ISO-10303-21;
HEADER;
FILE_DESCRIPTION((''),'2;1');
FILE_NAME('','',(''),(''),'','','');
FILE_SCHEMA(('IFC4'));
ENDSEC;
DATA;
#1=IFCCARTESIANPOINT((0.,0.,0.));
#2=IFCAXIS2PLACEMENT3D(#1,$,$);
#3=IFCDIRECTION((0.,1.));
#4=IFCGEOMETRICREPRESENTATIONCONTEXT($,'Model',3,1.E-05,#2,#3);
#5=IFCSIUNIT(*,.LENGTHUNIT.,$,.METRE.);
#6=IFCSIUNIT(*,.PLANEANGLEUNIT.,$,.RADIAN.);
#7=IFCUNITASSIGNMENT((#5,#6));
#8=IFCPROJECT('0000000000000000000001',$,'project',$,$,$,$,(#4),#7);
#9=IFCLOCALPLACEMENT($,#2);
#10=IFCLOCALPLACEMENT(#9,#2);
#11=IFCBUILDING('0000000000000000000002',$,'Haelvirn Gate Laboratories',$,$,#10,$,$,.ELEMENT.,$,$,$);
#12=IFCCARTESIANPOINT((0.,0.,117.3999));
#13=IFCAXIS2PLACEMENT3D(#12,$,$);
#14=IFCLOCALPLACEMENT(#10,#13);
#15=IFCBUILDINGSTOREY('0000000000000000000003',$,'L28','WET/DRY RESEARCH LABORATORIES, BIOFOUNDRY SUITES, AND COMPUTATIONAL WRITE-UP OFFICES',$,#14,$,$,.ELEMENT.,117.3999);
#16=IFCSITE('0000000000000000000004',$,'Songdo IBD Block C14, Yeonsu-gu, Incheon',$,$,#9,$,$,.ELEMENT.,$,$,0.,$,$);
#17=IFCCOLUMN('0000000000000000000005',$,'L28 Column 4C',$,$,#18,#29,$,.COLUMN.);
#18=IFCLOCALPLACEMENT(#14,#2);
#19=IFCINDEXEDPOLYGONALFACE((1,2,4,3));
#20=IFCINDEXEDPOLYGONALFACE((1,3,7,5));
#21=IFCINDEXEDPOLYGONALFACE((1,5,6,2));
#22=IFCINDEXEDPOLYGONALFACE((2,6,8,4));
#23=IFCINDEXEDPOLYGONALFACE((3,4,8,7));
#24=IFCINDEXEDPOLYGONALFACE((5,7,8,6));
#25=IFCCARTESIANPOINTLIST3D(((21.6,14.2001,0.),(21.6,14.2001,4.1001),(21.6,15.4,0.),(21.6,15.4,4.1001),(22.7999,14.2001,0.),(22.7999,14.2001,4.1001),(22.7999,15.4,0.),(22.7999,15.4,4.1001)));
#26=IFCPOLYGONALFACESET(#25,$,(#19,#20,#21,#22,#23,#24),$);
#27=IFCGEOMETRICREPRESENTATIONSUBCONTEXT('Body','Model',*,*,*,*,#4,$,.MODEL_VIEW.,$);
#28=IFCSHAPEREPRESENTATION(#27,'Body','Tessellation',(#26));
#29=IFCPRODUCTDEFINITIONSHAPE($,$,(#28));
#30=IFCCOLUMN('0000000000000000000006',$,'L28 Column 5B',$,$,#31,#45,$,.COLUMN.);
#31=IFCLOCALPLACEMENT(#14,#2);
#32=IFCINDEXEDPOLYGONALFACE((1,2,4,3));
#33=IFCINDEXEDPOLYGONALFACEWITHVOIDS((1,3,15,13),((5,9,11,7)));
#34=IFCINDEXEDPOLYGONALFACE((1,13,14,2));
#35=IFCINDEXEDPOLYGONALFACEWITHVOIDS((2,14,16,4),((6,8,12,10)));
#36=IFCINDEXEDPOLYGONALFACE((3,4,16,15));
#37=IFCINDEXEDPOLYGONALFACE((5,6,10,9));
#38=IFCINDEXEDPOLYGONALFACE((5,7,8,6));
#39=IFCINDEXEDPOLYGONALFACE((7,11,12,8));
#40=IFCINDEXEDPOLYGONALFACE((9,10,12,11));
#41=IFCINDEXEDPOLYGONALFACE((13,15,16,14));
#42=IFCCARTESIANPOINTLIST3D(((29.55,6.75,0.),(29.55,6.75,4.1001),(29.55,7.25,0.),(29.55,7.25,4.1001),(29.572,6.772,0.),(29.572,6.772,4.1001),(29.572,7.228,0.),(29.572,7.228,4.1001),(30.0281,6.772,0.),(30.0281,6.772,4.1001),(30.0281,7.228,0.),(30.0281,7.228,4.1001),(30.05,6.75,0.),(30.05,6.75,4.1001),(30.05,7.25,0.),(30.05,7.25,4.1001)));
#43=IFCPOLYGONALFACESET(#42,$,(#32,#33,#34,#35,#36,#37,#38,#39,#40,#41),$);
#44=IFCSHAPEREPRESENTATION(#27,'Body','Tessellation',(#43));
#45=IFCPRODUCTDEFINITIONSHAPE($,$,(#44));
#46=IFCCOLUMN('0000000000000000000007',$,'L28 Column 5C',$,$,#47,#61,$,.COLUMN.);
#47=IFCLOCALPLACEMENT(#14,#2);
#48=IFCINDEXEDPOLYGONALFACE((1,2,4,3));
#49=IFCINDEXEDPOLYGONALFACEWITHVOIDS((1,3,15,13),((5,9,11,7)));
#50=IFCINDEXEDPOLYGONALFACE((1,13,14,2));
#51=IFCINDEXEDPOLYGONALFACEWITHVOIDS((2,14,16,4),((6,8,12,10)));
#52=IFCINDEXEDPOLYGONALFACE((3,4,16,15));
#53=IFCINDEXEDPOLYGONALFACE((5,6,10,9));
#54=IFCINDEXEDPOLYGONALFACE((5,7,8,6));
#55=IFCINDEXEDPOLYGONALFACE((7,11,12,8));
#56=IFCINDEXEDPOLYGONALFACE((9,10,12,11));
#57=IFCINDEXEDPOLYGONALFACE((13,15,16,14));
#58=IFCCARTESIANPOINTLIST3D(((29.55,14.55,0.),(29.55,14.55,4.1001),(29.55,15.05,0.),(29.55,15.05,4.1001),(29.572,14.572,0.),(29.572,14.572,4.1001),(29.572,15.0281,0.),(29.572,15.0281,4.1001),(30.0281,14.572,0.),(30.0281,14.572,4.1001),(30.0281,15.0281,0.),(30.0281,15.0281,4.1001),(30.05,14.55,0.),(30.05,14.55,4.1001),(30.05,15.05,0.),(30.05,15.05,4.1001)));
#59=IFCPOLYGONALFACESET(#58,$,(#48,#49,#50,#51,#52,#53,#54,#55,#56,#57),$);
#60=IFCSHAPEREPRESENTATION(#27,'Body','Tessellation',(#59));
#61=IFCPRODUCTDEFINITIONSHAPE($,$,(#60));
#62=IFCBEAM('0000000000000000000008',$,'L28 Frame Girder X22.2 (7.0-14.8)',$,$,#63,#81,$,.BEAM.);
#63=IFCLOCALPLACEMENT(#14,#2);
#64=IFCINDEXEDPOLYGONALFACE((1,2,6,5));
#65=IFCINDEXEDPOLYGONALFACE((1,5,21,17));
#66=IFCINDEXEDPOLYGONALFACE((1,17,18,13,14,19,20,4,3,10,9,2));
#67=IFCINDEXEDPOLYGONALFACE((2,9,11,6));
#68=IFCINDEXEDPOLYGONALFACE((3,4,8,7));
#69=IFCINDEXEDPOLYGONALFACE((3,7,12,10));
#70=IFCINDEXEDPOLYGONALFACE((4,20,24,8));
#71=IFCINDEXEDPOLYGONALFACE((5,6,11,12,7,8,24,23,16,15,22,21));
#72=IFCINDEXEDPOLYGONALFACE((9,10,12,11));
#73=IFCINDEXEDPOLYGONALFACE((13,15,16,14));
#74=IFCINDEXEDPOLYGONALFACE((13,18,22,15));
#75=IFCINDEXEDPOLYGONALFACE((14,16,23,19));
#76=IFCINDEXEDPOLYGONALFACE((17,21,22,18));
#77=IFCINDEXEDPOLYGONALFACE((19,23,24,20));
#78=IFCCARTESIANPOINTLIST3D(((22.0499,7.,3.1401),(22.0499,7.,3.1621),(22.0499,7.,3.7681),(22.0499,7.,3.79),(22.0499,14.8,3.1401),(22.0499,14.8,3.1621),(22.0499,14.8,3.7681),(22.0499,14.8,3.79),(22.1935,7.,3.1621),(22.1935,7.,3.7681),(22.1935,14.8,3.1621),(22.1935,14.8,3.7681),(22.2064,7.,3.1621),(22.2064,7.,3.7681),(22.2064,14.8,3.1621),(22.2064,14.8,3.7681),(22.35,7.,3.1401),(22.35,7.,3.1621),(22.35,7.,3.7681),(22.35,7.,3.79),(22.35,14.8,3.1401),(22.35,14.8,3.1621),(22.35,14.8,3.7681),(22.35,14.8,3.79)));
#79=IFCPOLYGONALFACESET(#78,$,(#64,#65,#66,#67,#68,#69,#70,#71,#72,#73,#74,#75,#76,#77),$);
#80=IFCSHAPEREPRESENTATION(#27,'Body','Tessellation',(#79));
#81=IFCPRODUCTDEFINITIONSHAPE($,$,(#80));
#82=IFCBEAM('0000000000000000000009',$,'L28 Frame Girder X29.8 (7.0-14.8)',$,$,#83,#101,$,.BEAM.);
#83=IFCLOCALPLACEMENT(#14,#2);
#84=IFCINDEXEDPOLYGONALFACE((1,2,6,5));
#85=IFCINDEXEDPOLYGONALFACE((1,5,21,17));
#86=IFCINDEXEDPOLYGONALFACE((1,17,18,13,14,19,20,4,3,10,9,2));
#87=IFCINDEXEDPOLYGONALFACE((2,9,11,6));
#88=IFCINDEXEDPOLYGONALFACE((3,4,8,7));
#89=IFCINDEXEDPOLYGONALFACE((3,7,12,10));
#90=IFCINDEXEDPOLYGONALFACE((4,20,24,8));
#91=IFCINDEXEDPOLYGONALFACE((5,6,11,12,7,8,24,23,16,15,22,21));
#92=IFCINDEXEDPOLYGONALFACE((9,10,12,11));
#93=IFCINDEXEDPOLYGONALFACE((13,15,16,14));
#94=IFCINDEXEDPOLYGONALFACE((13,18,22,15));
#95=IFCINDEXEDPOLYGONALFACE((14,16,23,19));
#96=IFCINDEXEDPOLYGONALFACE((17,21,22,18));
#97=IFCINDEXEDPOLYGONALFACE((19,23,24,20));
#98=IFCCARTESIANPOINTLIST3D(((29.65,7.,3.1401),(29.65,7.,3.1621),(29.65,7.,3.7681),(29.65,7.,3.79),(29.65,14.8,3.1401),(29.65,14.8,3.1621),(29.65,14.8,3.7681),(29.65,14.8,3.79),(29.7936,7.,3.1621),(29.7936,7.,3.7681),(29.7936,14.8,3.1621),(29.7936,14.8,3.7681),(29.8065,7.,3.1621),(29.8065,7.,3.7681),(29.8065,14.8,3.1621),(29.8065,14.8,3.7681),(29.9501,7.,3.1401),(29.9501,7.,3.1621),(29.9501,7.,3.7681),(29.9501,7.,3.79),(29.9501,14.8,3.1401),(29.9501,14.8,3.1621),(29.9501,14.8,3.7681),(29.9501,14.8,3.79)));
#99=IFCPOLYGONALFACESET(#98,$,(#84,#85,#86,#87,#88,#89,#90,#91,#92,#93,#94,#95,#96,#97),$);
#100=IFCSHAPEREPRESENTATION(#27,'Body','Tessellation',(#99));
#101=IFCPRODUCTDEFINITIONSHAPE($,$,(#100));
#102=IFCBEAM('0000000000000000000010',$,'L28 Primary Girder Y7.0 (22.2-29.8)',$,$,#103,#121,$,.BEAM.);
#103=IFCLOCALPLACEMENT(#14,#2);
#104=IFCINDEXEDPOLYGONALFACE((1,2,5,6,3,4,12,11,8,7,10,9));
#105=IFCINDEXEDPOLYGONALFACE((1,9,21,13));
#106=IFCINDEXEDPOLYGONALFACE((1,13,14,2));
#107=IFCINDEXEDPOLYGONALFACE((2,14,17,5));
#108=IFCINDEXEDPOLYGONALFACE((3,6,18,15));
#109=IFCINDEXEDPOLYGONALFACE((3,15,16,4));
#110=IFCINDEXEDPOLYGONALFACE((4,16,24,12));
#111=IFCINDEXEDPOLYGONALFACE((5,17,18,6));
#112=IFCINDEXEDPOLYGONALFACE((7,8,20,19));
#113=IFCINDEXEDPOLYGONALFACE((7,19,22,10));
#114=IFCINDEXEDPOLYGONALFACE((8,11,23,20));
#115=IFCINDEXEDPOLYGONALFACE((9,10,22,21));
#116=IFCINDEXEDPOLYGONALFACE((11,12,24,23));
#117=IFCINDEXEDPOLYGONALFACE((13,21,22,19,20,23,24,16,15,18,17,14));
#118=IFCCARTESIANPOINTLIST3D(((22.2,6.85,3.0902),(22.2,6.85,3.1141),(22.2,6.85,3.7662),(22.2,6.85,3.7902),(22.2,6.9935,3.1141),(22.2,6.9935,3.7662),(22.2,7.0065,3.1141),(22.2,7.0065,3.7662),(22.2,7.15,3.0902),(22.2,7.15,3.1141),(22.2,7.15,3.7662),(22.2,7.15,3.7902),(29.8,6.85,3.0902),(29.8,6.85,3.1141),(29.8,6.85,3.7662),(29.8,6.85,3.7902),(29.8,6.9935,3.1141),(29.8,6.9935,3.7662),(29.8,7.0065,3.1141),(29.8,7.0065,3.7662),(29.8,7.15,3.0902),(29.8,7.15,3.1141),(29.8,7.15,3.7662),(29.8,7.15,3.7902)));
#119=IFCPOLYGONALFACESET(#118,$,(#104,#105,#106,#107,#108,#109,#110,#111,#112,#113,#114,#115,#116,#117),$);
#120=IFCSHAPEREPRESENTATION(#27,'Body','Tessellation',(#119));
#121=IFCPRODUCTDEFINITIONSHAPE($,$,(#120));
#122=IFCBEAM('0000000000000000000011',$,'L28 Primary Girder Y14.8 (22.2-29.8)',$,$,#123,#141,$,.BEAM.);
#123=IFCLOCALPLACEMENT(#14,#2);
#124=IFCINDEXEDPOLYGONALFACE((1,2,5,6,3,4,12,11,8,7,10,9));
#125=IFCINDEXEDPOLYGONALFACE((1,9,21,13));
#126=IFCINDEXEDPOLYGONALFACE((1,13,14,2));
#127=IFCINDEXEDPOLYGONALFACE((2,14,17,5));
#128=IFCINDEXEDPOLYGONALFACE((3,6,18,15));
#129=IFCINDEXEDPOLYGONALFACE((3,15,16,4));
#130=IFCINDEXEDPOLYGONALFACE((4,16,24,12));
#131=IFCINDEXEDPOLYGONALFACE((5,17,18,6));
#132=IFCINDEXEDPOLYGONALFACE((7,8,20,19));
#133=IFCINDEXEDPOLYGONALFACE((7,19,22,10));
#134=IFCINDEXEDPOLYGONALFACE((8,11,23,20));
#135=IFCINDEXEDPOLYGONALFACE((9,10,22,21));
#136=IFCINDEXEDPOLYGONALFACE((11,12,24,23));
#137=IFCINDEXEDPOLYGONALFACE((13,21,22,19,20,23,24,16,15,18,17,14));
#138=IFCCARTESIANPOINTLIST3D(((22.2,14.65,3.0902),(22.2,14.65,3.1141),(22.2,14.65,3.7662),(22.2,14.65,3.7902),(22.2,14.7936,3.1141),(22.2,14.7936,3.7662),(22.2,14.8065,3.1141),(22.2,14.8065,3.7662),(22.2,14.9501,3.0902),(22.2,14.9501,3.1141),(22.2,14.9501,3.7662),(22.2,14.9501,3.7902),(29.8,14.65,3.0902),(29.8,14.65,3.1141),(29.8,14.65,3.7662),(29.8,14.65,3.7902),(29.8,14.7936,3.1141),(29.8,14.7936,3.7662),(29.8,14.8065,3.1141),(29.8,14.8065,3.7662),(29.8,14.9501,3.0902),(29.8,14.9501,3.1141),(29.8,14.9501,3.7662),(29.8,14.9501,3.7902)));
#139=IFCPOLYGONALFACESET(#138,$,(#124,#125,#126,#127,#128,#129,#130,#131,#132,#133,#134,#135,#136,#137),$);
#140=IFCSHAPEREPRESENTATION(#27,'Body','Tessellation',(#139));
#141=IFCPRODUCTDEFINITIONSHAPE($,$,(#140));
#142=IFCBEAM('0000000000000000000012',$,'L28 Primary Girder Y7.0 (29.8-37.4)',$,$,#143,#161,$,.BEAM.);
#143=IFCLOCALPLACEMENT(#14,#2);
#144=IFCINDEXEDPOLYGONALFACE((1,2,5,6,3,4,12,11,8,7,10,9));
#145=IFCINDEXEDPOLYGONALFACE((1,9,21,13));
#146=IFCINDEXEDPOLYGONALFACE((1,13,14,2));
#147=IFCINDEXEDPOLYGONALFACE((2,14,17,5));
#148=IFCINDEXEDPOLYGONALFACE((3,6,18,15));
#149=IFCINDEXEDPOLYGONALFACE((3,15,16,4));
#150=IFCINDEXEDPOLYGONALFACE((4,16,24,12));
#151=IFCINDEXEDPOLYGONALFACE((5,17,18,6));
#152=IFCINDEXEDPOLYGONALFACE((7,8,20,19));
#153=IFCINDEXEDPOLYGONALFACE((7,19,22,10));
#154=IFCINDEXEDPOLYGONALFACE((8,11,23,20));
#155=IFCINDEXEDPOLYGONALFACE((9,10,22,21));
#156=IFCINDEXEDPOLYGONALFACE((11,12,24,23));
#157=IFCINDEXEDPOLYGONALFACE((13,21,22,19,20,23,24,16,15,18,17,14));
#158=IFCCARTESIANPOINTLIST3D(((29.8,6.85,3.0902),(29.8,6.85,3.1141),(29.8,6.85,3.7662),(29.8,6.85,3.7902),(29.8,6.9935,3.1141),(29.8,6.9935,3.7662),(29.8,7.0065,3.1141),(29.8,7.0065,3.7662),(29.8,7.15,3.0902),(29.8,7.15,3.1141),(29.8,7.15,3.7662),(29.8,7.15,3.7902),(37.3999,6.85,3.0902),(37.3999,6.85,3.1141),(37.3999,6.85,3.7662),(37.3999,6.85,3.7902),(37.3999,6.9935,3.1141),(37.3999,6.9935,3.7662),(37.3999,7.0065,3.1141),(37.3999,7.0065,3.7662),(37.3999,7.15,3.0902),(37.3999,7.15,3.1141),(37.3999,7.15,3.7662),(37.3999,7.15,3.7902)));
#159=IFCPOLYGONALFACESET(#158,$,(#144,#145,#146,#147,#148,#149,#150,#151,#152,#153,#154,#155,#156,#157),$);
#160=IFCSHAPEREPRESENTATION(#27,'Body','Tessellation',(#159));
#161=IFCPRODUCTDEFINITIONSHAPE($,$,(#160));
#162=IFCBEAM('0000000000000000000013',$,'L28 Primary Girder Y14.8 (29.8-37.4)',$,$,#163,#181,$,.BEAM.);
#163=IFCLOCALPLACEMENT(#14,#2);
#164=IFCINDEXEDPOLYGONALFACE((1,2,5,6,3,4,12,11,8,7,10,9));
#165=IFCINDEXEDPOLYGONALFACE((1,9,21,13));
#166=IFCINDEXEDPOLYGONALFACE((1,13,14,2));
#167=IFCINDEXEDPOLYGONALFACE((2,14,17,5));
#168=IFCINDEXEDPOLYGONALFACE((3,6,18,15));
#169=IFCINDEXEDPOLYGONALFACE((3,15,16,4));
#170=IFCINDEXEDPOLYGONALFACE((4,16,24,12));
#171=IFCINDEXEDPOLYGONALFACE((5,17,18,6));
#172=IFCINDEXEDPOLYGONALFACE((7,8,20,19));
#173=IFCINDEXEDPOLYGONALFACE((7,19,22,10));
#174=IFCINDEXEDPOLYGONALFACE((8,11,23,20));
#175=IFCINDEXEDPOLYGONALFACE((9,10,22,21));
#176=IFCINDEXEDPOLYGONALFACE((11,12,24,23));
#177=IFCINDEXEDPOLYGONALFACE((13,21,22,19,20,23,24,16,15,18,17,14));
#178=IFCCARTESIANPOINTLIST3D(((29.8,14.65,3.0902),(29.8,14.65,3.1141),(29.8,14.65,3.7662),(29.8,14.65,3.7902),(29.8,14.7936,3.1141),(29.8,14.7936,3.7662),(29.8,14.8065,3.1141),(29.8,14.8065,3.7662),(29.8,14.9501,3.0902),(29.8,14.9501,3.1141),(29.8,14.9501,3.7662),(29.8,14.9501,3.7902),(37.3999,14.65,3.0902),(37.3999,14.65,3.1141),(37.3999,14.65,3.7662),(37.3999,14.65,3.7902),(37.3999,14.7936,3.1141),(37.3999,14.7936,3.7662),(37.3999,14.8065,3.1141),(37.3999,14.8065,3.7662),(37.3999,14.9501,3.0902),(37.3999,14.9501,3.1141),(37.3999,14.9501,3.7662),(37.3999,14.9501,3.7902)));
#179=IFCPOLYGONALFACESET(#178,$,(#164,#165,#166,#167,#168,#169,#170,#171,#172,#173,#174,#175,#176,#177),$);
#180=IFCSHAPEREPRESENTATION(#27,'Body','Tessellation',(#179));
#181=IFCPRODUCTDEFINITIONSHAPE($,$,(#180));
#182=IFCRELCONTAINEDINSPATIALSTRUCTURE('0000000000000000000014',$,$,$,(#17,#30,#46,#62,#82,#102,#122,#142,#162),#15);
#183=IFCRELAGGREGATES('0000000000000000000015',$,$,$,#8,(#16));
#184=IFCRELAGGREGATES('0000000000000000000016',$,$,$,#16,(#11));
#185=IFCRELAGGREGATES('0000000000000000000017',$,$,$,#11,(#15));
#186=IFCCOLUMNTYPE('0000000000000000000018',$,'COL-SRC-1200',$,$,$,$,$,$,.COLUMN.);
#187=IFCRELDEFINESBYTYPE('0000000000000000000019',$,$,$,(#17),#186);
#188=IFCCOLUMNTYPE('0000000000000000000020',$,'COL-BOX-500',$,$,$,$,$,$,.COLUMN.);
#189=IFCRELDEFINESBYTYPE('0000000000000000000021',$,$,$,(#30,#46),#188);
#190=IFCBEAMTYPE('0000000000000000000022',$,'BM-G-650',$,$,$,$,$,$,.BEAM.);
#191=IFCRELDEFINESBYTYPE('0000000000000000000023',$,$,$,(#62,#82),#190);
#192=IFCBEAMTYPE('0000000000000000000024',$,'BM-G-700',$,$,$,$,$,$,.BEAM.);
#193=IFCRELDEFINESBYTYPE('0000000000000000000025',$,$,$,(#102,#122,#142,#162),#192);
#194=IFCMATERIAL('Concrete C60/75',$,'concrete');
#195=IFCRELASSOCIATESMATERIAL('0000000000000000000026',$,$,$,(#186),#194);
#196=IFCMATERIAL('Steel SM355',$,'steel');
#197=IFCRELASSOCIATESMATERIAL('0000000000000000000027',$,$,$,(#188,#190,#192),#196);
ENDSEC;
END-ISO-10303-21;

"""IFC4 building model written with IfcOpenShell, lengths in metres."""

from ifc_helpers import new_model, si_unit, direction, frame, origin, origin_2d, place, context, subcontext, project, spatial, rectangle, hollow_rectangle, i_section, extrude, source, transform, mapped, material, material_profile, profile_set, type_object, type_shapes, element, save


model = new_model("IFC4")

# Units and contexts
model_context = context("Model", 3, precision=1e-05, world=origin(), true_north=direction((0.0, 1.0)))
body_context = subcontext(model_context, "Body", "Model", "MODEL_VIEW")
ifc_project = project(units=[si_unit("LENGTHUNIT", "METRE"), si_unit("PLANEANGLEUNIT", "RADIAN")], contexts=[model_context])

# Site, building, storey
site_placement = place(None, origin())
site = spatial("IfcSite", under=ifc_project, at=site_placement, Name="Songdo IBD Block C14, Yeonsu-gu, Incheon", CompositionType="ELEMENT", RefElevation=0.0)
building_placement = place(site_placement, origin())
building = spatial("IfcBuilding", under=site, at=building_placement, Name="Haelvirn Gate Laboratories", CompositionType="ELEMENT")
storey_placement = place(building_placement, frame((0.0, 0.0, 117.3999)))
storey = spatial("IfcBuildingStorey", under=building, at=storey_placement, Name="L28", Description="WET/DRY RESEARCH LABORATORIES, BIOFOUNDRY SUITES, AND COMPUTATIONAL WRITE-UP OFFICES", CompositionType="ELEMENT", Elevation=117.3999)

# Columns
ifc_material_1 = material(Name="Concrete C60/75", Category="concrete")
ifc_material_profile_1 = material_profile(ifc_material_1, rectangle(XDim=1.2, YDim=1.2, at=origin_2d()), Name="SRC-1200x1200")
ifc_profile_set_1 = profile_set([ifc_material_profile_1], Name="Concrete C60/75")
column_type_1 = type_object("IfcColumnType", Name="COL-SRC-1200", PredefinedType="COLUMN", material=ifc_profile_set_1)
shared_shape_1 = source(origin(), body_context, "Body", "SweptSolid", [
    extrude(rectangle(XDim=1.2, YDim=1.2, at=origin_2d()), origin(), (0.0, 0.0, 1.0), 4.1001),
])
type_shapes(column_type_1, [shared_shape_1])
column_placement = place(storey_placement, frame((22.2, 14.8, 0.0), z_axis=(0.0, 0.0, 1.0), x_axis=(1.0, 0.0, 0.0)))
element("IfcColumn", 1, at=column_placement, inside=storey, type_object=column_type_1, Name="L28 Column 4C", PredefinedType="COLUMN", context=body_context, shape_type="MappedRepresentation", body=[
    mapped(shared_shape_1, transform((0.0, 0.0, 0.0), scale=1.0)),
])
ifc_material_2 = material(Name="Steel SM355", Category="steel")
ifc_material_profile_2 = material_profile(ifc_material_2, hollow_rectangle(XDim=0.5, YDim=0.5, WallThickness=0.022, at=origin_2d()), Name="BOX-500x500x22")
ifc_profile_set_2 = profile_set([ifc_material_profile_2], Name="Steel SM355")
column_type_2 = type_object("IfcColumnType", Name="COL-BOX-500", PredefinedType="COLUMN", material=ifc_profile_set_2)
shared_shape_2 = source(origin(), body_context, "Body", "SweptSolid", [
    extrude(hollow_rectangle(XDim=0.5, YDim=0.5, WallThickness=0.022, at=origin_2d()), origin(), (0.0, 0.0, 1.0), 4.1001),
])
type_shapes(column_type_2, [shared_shape_2])
for number, where, z_axis, x_axis, name in (
    (2, (29.8, 7.0, 0.0), (0.0, 0.0, 1.0), (1.0, 0.0, 0.0), "L28 Column 5B"),
    (3, (29.8, 14.8, 0.0), (0.0, 0.0, 1.0), (1.0, 0.0, 0.0), "L28 Column 5C"),
):
    element("IfcColumn", number, at=place(storey_placement, frame(where, z_axis=z_axis, x_axis=x_axis)), inside=storey, type_object=column_type_2, Name=name, PredefinedType="COLUMN", context=body_context, shape_type="MappedRepresentation", body=[
        mapped(shared_shape_2, transform((0.0, 0.0, 0.0), scale=1.0)),
    ])

# Beams
ifc_material_profile_3 = material_profile(ifc_material_2, i_section(OverallWidth=0.3, OverallDepth=0.6499, WebThickness=0.0129, FlangeThickness=0.022, at=origin_2d()), Name="H-650x300x13x22")
ifc_profile_set_3 = profile_set([ifc_material_profile_3], Name="Steel SM355")
beam_type_1 = type_object("IfcBeamType", Name="BM-G-650", PredefinedType="BEAM", material=ifc_profile_set_3)
shared_shape_3 = source(origin(), body_context, "Body", "SweptSolid", [
    extrude(i_section(OverallWidth=0.3, OverallDepth=0.6499, WebThickness=0.0129, FlangeThickness=0.022, at=origin_2d()), origin(), (0.0, 0.0, 1.0), 7.8),
])
type_shapes(beam_type_1, [shared_shape_3])
for number, where, z_axis, x_axis, name in (
    (4, (22.2, 7.0, 3.4651), (0.0, 1.0, 0.0), (-1.0, 0.0, 0.0), "L28 Frame Girder X22.2 (7.0-14.8)"),
    (5, (29.8, 7.0, 3.4651), (0.0, 1.0, 0.0), (-1.0, 0.0, 0.0), "L28 Frame Girder X29.8 (7.0-14.8)"),
):
    element("IfcBeam", number, at=place(storey_placement, frame(where, z_axis=z_axis, x_axis=x_axis)), inside=storey, type_object=beam_type_1, Name=name, PredefinedType="BEAM", context=body_context, shape_type="MappedRepresentation", body=[
        mapped(shared_shape_3, transform((0.0, 0.0, 0.0), scale=1.0)),
    ])
ifc_material_profile_4 = material_profile(ifc_material_2, i_section(OverallWidth=0.3, OverallDepth=0.7, WebThickness=0.0129, FlangeThickness=0.0239, at=origin_2d()), Name="H-700x300x13x24")
ifc_profile_set_4 = profile_set([ifc_material_profile_4], Name="Steel SM355")
beam_type_2 = type_object("IfcBeamType", Name="BM-G-700", PredefinedType="BEAM", material=ifc_profile_set_4)
shared_shape_4 = source(origin(), body_context, "Body", "SweptSolid", [
    extrude(i_section(OverallWidth=0.3, OverallDepth=0.7, WebThickness=0.0129, FlangeThickness=0.0239, at=origin_2d()), origin(), (0.0, 0.0, 1.0), 7.6001),
])
for number, where, z_axis, x_axis, name in (
    (6, (22.2, 7.0, 3.4402), (1.0, 0.0, 0.0), (0.0, 1.0, 0.0), "L28 Primary Girder Y7.0 (22.2-29.8)"),
    (7, (22.2, 14.8, 3.4402), (1.0, 0.0, 0.0), (0.0, 1.0, 0.0), "L28 Primary Girder Y14.8 (22.2-29.8)"),
):
    element("IfcBeam", number, at=place(storey_placement, frame(where, z_axis=z_axis, x_axis=x_axis)), inside=storey, type_object=beam_type_2, Name=name, PredefinedType="BEAM", context=body_context, shape_type="MappedRepresentation", body=[
        mapped(shared_shape_4, transform((0.0, 0.0, 0.0), scale=1.0)),
    ])
shared_shape_5 = source(origin(), body_context, "Body", "SweptSolid", [
    extrude(i_section(OverallWidth=0.3, OverallDepth=0.7, WebThickness=0.0129, FlangeThickness=0.0239, at=origin_2d()), origin(), (0.0, 0.0, 1.0), 7.5999),
])
type_shapes(beam_type_2, [shared_shape_4, shared_shape_5])
for number, where, z_axis, x_axis, name in (
    (8, (29.8, 7.0, 3.4402), (1.0, 0.0, 0.0), (0.0, 1.0, 0.0), "L28 Primary Girder Y7.0 (29.8-37.4)"),
    (9, (29.8, 14.8, 3.4402), (1.0, 0.0, 0.0), (0.0, 1.0, 0.0), "L28 Primary Girder Y14.8 (29.8-37.4)"),
):
    element("IfcBeam", number, at=place(storey_placement, frame(where, z_axis=z_axis, x_axis=x_axis)), inside=storey, type_object=beam_type_2, Name=name, PredefinedType="BEAM", context=body_context, shape_type="MappedRepresentation", body=[
        mapped(shared_shape_5, transform((0.0, 0.0, 0.0), scale=1.0)),
    ])

save(model, "model.ifc")
